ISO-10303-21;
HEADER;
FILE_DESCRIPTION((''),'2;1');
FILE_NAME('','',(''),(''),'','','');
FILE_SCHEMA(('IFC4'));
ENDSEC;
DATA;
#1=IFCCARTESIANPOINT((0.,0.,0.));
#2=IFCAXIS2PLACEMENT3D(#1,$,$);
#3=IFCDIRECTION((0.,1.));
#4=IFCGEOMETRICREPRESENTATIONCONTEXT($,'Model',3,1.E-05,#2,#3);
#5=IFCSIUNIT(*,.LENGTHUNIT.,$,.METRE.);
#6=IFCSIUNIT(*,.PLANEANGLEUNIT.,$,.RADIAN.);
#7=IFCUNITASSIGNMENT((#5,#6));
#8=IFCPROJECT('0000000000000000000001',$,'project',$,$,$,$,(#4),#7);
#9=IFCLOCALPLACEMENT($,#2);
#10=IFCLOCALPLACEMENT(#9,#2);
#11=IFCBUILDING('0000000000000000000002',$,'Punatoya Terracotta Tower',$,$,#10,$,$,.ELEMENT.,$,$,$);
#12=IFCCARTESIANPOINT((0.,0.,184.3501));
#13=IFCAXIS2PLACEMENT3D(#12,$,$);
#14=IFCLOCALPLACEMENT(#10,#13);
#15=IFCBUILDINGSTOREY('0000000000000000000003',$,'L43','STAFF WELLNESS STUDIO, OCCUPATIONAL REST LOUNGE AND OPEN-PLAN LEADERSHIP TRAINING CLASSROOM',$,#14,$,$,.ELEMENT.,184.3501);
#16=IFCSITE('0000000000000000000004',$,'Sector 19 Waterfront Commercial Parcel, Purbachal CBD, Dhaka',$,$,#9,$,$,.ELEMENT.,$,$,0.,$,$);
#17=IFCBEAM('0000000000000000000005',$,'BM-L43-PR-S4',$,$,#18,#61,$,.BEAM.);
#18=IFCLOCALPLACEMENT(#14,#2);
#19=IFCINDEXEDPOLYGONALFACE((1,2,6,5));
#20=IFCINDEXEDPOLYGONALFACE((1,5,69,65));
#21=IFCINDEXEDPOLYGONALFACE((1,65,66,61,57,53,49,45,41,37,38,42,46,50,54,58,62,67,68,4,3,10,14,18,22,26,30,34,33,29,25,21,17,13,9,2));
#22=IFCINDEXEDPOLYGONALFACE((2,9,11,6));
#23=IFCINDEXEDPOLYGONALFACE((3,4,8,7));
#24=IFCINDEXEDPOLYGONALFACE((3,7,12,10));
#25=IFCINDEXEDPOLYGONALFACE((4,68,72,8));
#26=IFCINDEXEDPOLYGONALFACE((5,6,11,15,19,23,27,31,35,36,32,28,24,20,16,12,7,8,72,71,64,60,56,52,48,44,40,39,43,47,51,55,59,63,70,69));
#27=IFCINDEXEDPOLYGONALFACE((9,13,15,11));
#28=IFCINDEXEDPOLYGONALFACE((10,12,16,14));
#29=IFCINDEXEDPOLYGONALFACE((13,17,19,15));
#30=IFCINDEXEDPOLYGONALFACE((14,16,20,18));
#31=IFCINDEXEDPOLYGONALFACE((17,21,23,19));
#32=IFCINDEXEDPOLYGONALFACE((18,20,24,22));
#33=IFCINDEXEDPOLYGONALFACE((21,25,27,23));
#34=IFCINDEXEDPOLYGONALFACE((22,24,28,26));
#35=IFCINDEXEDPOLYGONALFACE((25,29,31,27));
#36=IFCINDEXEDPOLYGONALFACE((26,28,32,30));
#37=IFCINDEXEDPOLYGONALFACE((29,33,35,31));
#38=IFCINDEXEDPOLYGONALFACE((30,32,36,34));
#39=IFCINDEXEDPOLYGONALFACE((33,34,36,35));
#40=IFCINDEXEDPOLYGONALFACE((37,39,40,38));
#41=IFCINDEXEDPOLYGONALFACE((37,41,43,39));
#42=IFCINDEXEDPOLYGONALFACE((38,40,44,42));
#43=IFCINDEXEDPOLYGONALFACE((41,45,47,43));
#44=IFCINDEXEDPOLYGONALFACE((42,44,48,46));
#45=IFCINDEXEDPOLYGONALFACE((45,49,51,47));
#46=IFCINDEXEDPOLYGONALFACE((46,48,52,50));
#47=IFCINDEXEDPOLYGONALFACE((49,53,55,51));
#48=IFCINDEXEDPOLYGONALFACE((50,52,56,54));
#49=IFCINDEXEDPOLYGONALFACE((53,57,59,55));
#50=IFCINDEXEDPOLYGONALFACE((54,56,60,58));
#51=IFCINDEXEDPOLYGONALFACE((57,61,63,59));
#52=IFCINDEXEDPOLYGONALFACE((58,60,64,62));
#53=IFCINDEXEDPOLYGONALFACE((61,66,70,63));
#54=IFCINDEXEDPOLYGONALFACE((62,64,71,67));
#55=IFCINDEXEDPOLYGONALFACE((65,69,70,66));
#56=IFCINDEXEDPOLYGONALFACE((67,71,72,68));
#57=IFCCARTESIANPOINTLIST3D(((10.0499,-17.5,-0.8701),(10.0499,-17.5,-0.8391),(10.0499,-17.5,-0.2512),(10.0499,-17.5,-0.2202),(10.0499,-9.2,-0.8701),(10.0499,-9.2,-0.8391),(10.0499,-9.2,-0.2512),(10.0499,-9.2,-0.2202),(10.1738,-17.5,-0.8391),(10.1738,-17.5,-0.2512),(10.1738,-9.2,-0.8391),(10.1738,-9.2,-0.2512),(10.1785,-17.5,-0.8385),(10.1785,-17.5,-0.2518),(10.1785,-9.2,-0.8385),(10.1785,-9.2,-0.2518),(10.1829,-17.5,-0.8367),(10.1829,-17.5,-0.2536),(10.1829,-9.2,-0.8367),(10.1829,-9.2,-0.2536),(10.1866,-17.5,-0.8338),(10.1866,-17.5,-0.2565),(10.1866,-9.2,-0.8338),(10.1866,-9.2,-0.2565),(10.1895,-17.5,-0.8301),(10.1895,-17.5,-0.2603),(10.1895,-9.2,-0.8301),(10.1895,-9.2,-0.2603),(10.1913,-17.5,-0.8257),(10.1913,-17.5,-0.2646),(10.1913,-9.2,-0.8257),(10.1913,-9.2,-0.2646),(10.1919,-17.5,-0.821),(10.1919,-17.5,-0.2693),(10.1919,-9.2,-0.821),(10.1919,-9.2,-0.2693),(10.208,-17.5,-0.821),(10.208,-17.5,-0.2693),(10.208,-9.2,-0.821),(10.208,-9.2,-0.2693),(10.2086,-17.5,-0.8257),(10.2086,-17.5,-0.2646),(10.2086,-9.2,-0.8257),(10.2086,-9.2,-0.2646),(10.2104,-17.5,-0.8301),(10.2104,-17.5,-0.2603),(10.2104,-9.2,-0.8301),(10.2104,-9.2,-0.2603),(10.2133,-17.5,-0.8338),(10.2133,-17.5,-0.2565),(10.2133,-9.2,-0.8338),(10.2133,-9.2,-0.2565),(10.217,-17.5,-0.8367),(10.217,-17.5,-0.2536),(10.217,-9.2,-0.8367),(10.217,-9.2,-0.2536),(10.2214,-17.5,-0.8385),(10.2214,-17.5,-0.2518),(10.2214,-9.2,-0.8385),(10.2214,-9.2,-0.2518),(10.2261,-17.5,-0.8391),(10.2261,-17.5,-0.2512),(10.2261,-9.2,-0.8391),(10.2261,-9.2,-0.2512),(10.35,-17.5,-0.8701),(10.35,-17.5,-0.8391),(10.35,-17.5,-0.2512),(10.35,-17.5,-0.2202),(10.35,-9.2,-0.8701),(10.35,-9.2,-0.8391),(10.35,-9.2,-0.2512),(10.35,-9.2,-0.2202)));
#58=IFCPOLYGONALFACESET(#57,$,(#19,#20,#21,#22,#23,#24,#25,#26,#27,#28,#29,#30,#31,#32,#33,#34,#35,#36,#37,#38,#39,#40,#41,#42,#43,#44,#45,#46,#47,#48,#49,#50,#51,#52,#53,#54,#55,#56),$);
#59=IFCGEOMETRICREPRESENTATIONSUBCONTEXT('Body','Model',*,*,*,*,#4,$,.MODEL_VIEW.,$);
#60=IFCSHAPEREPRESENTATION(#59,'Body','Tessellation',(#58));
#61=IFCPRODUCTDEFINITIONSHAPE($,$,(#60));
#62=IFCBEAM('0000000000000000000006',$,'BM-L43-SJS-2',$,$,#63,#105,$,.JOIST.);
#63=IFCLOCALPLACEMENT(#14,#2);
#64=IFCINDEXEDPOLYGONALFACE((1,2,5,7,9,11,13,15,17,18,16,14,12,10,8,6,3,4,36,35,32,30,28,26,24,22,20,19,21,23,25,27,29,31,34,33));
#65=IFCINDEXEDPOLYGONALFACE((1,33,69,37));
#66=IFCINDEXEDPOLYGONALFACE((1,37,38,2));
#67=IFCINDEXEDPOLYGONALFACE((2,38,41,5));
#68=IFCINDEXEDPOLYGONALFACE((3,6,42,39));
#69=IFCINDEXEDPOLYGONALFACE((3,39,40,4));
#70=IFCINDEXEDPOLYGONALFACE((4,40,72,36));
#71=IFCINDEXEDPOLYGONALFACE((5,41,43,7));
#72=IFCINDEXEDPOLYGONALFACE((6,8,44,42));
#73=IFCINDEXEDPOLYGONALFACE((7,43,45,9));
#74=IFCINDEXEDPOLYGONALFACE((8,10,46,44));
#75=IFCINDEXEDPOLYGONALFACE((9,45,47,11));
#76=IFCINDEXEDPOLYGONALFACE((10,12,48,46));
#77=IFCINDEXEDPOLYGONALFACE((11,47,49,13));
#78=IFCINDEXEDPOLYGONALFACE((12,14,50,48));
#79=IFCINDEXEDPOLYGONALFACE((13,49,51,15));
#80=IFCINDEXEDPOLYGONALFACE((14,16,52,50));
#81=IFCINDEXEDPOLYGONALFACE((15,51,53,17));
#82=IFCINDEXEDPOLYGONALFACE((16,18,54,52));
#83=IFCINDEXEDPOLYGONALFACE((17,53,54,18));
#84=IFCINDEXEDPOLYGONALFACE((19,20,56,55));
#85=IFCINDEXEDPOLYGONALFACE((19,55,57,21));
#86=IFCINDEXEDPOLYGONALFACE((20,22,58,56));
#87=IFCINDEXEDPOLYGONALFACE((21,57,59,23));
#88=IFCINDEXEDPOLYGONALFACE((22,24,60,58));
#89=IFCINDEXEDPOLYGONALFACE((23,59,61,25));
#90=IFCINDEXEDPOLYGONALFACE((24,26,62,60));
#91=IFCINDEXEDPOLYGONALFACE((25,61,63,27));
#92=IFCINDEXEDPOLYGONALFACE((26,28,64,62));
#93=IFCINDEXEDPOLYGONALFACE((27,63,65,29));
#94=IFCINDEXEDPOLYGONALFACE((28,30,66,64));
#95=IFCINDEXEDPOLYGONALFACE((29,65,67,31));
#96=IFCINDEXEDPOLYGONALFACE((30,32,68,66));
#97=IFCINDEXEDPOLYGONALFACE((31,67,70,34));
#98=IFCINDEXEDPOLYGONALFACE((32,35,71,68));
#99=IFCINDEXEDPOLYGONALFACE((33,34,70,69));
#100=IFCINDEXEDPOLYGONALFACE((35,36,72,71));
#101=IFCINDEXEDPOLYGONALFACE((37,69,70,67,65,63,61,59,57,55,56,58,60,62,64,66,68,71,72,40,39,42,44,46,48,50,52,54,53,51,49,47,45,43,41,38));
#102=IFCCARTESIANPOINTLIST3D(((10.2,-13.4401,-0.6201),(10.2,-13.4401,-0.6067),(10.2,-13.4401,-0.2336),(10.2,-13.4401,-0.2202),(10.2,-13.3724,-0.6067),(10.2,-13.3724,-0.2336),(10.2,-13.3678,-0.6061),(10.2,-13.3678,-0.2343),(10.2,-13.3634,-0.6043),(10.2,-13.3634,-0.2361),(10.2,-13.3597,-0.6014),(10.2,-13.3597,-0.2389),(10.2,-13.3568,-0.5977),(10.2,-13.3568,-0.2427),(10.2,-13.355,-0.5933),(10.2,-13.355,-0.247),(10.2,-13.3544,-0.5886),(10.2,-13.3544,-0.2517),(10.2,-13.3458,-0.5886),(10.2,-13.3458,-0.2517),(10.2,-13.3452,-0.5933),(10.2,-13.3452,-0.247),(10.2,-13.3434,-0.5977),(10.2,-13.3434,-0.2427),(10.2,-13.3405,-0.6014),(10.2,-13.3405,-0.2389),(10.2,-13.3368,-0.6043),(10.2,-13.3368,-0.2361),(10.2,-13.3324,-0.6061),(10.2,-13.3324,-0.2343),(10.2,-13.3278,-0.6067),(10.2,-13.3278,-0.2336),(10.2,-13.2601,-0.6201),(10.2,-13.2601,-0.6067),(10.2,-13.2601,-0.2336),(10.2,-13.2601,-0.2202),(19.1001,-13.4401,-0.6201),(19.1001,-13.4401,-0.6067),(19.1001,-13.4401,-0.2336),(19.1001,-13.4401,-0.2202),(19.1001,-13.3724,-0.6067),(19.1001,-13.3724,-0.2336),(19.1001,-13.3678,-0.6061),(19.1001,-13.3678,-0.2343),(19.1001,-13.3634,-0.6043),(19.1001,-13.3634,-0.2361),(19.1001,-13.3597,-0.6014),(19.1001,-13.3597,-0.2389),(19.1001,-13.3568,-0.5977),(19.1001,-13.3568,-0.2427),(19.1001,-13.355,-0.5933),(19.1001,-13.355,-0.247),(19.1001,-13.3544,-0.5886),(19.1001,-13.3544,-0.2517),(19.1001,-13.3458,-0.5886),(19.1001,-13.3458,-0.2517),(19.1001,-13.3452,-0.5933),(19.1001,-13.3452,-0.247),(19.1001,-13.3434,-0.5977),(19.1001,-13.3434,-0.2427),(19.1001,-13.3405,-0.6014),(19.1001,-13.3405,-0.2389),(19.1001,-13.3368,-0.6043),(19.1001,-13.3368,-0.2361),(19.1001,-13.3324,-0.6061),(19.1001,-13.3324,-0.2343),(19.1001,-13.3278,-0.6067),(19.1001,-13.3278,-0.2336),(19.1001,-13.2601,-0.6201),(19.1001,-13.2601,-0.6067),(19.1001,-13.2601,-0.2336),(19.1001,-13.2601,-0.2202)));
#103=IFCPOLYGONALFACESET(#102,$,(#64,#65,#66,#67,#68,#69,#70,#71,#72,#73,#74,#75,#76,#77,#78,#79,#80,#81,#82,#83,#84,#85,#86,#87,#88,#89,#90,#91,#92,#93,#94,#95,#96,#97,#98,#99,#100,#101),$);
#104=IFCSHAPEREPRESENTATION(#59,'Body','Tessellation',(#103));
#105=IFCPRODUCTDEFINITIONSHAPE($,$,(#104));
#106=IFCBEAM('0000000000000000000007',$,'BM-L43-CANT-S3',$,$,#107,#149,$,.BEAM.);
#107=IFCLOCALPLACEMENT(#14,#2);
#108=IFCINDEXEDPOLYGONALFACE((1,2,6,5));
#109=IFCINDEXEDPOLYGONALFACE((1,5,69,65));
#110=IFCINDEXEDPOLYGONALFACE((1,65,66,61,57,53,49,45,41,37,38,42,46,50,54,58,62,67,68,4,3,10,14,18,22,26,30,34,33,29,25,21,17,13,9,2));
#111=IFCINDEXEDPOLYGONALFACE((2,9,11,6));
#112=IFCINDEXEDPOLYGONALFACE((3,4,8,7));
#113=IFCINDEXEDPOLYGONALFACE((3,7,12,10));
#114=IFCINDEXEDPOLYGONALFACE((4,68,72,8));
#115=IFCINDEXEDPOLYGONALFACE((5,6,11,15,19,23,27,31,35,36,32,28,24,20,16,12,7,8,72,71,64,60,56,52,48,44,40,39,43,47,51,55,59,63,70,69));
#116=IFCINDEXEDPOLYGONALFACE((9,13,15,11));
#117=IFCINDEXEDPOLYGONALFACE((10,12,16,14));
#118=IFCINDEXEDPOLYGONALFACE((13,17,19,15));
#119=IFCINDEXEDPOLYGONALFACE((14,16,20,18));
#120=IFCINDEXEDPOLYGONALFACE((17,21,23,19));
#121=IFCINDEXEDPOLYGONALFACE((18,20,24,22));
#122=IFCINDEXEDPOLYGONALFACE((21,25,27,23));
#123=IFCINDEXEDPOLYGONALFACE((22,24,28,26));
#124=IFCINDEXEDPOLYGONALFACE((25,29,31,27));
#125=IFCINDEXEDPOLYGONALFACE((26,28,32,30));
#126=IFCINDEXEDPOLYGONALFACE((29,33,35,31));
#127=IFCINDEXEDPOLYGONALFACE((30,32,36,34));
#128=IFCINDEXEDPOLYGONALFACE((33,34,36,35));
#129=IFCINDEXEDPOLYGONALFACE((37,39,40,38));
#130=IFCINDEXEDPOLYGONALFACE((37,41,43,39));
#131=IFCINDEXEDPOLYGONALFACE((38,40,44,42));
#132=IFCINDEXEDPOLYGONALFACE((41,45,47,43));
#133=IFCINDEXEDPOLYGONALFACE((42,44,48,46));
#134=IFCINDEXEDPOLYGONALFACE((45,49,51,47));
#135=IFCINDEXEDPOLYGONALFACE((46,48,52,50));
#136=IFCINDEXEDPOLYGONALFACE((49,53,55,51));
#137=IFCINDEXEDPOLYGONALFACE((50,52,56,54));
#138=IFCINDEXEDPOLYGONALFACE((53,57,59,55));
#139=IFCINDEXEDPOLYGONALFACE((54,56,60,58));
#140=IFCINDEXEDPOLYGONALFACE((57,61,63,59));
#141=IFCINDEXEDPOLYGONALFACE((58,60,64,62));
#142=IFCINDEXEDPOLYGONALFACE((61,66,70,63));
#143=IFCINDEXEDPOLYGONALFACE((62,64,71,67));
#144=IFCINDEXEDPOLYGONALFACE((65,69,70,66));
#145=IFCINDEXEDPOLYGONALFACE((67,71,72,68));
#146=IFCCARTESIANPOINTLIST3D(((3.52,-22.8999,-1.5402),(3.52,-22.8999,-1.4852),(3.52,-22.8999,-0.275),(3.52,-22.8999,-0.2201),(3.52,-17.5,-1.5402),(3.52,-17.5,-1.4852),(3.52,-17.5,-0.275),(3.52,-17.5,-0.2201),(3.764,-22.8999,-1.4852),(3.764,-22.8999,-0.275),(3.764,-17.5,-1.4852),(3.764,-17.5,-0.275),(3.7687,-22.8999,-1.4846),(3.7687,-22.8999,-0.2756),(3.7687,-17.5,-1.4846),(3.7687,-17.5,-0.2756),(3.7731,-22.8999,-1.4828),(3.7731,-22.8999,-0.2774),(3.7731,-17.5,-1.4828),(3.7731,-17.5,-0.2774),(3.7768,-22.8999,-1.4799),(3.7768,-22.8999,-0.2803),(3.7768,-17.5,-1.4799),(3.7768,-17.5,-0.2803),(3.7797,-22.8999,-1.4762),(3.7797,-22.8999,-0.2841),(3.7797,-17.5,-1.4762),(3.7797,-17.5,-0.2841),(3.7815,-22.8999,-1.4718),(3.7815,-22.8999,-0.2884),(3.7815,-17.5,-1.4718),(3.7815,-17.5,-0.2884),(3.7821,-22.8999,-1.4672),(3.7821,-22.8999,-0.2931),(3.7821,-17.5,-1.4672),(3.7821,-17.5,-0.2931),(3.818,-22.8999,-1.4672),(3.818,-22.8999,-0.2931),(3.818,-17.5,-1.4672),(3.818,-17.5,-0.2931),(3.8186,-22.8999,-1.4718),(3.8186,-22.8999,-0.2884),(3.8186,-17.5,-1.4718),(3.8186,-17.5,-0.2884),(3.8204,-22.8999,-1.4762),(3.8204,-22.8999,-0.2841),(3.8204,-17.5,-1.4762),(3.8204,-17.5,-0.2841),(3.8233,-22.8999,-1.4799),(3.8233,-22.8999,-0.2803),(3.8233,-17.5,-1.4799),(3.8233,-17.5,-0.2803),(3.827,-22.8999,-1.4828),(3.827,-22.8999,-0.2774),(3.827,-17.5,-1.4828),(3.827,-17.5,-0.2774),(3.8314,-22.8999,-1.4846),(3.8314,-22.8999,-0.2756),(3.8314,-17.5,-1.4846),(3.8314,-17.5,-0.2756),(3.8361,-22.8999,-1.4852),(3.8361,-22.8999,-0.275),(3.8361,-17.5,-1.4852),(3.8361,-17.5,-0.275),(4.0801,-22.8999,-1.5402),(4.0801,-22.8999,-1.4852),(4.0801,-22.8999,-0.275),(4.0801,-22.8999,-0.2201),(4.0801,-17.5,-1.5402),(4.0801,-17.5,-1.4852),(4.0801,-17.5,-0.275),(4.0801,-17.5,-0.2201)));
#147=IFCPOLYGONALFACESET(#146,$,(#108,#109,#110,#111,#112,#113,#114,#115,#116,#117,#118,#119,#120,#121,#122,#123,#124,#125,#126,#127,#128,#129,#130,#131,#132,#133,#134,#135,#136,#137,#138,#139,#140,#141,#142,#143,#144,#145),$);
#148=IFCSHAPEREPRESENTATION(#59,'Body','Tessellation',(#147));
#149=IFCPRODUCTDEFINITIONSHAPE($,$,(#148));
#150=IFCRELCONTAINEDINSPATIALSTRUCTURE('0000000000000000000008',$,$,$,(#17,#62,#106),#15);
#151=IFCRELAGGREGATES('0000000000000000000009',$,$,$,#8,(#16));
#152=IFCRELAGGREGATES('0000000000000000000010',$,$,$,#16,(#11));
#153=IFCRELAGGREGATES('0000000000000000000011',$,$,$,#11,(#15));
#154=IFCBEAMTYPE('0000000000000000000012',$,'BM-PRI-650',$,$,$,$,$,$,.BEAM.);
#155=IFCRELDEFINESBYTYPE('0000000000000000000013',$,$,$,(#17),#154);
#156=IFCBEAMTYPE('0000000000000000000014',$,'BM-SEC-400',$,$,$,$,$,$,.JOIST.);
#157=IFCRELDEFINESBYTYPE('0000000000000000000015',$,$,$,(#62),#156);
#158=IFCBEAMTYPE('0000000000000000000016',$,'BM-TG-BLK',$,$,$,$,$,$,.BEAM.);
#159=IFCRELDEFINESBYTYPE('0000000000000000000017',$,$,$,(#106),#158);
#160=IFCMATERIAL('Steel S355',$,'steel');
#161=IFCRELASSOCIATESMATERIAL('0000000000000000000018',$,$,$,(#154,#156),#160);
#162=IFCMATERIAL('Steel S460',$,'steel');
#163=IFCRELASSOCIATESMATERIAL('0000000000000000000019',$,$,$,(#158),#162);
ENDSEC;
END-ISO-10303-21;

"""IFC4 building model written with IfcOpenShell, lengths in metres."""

from ifc_helpers import new_model, si_unit, direction, frame, origin, origin_2d, place, context, subcontext, project, spatial, i_section, extrude, material, material_profile, profile_set, type_object, element, save


model = new_model("IFC4")

# Units and contexts
model_context = context("Model", 3, precision=1e-05, world=origin(), true_north=direction((0.0, 1.0)))
body_context = subcontext(model_context, "Body", "Model", "MODEL_VIEW")
ifc_project = project(units=[si_unit("LENGTHUNIT", "METRE"), si_unit("PLANEANGLEUNIT", "RADIAN")], contexts=[model_context])

# Site, building, storey
site_placement = place(None, origin())
site = spatial("IfcSite", under=ifc_project, at=site_placement, Name="Sector 19 Waterfront Commercial Parcel, Purbachal CBD, Dhaka", CompositionType="ELEMENT", RefElevation=0.0)
building_placement = place(site_placement, origin())
building = spatial("IfcBuilding", under=site, at=building_placement, Name="Punatoya Terracotta Tower", CompositionType="ELEMENT")
storey_placement = place(building_placement, frame((0.0, 0.0, 184.3501)))
storey = spatial("IfcBuildingStorey", under=building, at=storey_placement, Name="L43", Description="STAFF WELLNESS STUDIO, OCCUPATIONAL REST LOUNGE AND OPEN-PLAN LEADERSHIP TRAINING CLASSROOM", CompositionType="ELEMENT", Elevation=184.3501)

# Shared definitions
ifc_material_1 = material(Name="Steel S460", Category="steel")

# Beams
ifc_material_2 = material(Name="Steel S355", Category="steel")
ifc_material_profile_1 = material_profile(ifc_material_2, i_section(OverallWidth=0.3, OverallDepth=0.6499, WebThickness=0.0161, FlangeThickness=0.031, FilletRadius=0.0181, at=origin_2d()))
ifc_profile_set_1 = profile_set([ifc_material_profile_1], Name="Steel S355")
beam_type_1 = type_object("IfcBeamType", Name="BM-PRI-650", PredefinedType="BEAM", material=ifc_profile_set_1)
for number, where, z_axis, x_axis, name in (
    (1, (10.2, -17.5, -0.5452), (0.0, 1.0, 0.0), (-1.0, 0.0, 0.0), "BM-L43-PR-S4"),
):
    element("IfcBeam", number, at=place(storey_placement, frame(where, z_axis=z_axis, x_axis=x_axis)), inside=storey, type_object=beam_type_1, Name=name, PredefinedType="BEAM", context=body_context, shape_type="SweptSolid", body=[
        extrude(i_section(OverallWidth=0.3, OverallDepth=0.6499, WebThickness=0.0161, FlangeThickness=0.031, FilletRadius=0.0181, at=origin_2d()), origin(), (0.0, 0.0, 1.0), 8.3),
    ])
ifc_material_profile_2 = material_profile(ifc_material_2, i_section(OverallWidth=0.1799, OverallDepth=0.3999, WebThickness=0.0085, FlangeThickness=0.0134, FilletRadius=0.0181, at=origin_2d()))
ifc_profile_set_2 = profile_set([ifc_material_profile_2], Name="Steel S355")
beam_type_2 = type_object("IfcBeamType", Name="BM-SEC-400", PredefinedType="JOIST", material=ifc_profile_set_2)
beam_1_placement = place(storey_placement, frame((10.2, -13.3501, -0.4202), z_axis=(1.0, 0.0, 0.0), x_axis=(0.0, 1.0, 0.0)))
element("IfcBeam", 2, at=beam_1_placement, inside=storey, type_object=beam_type_2, Name="BM-L43-SJS-2", PredefinedType="JOIST", context=body_context, shape_type="SweptSolid", body=[
    extrude(i_section(OverallWidth=0.1799, OverallDepth=0.3999, WebThickness=0.0085, FlangeThickness=0.0134, FilletRadius=0.0181, at=origin_2d()), origin(), (0.0, 0.0, 1.0), 8.9001),
])
ifc_material_profile_3 = material_profile(ifc_material_1, i_section(OverallWidth=0.5601, OverallDepth=1.3201, WebThickness=0.0359, FlangeThickness=0.0549, FilletRadius=0.0181, at=origin_2d()))
ifc_profile_set_3 = profile_set([ifc_material_profile_3], Name="Steel S460")
beam_type_3 = type_object("IfcBeamType", Name="BM-TG-BLK", PredefinedType="BEAM", material=ifc_profile_set_3)
beam_2_placement = place(storey_placement, frame((3.8, -22.8999, -0.8801), z_axis=(0.0, 1.0, 0.0), x_axis=(-1.0, 0.0, 0.0)))
element("IfcBeam", 3, at=beam_2_placement, inside=storey, type_object=beam_type_3, Name="BM-L43-CANT-S3", PredefinedType="BEAM", context=body_context, shape_type="SweptSolid", body=[
    extrude(i_section(OverallWidth=0.5601, OverallDepth=1.3201, WebThickness=0.0359, FlangeThickness=0.0549, FilletRadius=0.0181, at=origin_2d()), origin(), (0.0, 0.0, 1.0), 5.3999),
])

save(model, "model.ifc")
